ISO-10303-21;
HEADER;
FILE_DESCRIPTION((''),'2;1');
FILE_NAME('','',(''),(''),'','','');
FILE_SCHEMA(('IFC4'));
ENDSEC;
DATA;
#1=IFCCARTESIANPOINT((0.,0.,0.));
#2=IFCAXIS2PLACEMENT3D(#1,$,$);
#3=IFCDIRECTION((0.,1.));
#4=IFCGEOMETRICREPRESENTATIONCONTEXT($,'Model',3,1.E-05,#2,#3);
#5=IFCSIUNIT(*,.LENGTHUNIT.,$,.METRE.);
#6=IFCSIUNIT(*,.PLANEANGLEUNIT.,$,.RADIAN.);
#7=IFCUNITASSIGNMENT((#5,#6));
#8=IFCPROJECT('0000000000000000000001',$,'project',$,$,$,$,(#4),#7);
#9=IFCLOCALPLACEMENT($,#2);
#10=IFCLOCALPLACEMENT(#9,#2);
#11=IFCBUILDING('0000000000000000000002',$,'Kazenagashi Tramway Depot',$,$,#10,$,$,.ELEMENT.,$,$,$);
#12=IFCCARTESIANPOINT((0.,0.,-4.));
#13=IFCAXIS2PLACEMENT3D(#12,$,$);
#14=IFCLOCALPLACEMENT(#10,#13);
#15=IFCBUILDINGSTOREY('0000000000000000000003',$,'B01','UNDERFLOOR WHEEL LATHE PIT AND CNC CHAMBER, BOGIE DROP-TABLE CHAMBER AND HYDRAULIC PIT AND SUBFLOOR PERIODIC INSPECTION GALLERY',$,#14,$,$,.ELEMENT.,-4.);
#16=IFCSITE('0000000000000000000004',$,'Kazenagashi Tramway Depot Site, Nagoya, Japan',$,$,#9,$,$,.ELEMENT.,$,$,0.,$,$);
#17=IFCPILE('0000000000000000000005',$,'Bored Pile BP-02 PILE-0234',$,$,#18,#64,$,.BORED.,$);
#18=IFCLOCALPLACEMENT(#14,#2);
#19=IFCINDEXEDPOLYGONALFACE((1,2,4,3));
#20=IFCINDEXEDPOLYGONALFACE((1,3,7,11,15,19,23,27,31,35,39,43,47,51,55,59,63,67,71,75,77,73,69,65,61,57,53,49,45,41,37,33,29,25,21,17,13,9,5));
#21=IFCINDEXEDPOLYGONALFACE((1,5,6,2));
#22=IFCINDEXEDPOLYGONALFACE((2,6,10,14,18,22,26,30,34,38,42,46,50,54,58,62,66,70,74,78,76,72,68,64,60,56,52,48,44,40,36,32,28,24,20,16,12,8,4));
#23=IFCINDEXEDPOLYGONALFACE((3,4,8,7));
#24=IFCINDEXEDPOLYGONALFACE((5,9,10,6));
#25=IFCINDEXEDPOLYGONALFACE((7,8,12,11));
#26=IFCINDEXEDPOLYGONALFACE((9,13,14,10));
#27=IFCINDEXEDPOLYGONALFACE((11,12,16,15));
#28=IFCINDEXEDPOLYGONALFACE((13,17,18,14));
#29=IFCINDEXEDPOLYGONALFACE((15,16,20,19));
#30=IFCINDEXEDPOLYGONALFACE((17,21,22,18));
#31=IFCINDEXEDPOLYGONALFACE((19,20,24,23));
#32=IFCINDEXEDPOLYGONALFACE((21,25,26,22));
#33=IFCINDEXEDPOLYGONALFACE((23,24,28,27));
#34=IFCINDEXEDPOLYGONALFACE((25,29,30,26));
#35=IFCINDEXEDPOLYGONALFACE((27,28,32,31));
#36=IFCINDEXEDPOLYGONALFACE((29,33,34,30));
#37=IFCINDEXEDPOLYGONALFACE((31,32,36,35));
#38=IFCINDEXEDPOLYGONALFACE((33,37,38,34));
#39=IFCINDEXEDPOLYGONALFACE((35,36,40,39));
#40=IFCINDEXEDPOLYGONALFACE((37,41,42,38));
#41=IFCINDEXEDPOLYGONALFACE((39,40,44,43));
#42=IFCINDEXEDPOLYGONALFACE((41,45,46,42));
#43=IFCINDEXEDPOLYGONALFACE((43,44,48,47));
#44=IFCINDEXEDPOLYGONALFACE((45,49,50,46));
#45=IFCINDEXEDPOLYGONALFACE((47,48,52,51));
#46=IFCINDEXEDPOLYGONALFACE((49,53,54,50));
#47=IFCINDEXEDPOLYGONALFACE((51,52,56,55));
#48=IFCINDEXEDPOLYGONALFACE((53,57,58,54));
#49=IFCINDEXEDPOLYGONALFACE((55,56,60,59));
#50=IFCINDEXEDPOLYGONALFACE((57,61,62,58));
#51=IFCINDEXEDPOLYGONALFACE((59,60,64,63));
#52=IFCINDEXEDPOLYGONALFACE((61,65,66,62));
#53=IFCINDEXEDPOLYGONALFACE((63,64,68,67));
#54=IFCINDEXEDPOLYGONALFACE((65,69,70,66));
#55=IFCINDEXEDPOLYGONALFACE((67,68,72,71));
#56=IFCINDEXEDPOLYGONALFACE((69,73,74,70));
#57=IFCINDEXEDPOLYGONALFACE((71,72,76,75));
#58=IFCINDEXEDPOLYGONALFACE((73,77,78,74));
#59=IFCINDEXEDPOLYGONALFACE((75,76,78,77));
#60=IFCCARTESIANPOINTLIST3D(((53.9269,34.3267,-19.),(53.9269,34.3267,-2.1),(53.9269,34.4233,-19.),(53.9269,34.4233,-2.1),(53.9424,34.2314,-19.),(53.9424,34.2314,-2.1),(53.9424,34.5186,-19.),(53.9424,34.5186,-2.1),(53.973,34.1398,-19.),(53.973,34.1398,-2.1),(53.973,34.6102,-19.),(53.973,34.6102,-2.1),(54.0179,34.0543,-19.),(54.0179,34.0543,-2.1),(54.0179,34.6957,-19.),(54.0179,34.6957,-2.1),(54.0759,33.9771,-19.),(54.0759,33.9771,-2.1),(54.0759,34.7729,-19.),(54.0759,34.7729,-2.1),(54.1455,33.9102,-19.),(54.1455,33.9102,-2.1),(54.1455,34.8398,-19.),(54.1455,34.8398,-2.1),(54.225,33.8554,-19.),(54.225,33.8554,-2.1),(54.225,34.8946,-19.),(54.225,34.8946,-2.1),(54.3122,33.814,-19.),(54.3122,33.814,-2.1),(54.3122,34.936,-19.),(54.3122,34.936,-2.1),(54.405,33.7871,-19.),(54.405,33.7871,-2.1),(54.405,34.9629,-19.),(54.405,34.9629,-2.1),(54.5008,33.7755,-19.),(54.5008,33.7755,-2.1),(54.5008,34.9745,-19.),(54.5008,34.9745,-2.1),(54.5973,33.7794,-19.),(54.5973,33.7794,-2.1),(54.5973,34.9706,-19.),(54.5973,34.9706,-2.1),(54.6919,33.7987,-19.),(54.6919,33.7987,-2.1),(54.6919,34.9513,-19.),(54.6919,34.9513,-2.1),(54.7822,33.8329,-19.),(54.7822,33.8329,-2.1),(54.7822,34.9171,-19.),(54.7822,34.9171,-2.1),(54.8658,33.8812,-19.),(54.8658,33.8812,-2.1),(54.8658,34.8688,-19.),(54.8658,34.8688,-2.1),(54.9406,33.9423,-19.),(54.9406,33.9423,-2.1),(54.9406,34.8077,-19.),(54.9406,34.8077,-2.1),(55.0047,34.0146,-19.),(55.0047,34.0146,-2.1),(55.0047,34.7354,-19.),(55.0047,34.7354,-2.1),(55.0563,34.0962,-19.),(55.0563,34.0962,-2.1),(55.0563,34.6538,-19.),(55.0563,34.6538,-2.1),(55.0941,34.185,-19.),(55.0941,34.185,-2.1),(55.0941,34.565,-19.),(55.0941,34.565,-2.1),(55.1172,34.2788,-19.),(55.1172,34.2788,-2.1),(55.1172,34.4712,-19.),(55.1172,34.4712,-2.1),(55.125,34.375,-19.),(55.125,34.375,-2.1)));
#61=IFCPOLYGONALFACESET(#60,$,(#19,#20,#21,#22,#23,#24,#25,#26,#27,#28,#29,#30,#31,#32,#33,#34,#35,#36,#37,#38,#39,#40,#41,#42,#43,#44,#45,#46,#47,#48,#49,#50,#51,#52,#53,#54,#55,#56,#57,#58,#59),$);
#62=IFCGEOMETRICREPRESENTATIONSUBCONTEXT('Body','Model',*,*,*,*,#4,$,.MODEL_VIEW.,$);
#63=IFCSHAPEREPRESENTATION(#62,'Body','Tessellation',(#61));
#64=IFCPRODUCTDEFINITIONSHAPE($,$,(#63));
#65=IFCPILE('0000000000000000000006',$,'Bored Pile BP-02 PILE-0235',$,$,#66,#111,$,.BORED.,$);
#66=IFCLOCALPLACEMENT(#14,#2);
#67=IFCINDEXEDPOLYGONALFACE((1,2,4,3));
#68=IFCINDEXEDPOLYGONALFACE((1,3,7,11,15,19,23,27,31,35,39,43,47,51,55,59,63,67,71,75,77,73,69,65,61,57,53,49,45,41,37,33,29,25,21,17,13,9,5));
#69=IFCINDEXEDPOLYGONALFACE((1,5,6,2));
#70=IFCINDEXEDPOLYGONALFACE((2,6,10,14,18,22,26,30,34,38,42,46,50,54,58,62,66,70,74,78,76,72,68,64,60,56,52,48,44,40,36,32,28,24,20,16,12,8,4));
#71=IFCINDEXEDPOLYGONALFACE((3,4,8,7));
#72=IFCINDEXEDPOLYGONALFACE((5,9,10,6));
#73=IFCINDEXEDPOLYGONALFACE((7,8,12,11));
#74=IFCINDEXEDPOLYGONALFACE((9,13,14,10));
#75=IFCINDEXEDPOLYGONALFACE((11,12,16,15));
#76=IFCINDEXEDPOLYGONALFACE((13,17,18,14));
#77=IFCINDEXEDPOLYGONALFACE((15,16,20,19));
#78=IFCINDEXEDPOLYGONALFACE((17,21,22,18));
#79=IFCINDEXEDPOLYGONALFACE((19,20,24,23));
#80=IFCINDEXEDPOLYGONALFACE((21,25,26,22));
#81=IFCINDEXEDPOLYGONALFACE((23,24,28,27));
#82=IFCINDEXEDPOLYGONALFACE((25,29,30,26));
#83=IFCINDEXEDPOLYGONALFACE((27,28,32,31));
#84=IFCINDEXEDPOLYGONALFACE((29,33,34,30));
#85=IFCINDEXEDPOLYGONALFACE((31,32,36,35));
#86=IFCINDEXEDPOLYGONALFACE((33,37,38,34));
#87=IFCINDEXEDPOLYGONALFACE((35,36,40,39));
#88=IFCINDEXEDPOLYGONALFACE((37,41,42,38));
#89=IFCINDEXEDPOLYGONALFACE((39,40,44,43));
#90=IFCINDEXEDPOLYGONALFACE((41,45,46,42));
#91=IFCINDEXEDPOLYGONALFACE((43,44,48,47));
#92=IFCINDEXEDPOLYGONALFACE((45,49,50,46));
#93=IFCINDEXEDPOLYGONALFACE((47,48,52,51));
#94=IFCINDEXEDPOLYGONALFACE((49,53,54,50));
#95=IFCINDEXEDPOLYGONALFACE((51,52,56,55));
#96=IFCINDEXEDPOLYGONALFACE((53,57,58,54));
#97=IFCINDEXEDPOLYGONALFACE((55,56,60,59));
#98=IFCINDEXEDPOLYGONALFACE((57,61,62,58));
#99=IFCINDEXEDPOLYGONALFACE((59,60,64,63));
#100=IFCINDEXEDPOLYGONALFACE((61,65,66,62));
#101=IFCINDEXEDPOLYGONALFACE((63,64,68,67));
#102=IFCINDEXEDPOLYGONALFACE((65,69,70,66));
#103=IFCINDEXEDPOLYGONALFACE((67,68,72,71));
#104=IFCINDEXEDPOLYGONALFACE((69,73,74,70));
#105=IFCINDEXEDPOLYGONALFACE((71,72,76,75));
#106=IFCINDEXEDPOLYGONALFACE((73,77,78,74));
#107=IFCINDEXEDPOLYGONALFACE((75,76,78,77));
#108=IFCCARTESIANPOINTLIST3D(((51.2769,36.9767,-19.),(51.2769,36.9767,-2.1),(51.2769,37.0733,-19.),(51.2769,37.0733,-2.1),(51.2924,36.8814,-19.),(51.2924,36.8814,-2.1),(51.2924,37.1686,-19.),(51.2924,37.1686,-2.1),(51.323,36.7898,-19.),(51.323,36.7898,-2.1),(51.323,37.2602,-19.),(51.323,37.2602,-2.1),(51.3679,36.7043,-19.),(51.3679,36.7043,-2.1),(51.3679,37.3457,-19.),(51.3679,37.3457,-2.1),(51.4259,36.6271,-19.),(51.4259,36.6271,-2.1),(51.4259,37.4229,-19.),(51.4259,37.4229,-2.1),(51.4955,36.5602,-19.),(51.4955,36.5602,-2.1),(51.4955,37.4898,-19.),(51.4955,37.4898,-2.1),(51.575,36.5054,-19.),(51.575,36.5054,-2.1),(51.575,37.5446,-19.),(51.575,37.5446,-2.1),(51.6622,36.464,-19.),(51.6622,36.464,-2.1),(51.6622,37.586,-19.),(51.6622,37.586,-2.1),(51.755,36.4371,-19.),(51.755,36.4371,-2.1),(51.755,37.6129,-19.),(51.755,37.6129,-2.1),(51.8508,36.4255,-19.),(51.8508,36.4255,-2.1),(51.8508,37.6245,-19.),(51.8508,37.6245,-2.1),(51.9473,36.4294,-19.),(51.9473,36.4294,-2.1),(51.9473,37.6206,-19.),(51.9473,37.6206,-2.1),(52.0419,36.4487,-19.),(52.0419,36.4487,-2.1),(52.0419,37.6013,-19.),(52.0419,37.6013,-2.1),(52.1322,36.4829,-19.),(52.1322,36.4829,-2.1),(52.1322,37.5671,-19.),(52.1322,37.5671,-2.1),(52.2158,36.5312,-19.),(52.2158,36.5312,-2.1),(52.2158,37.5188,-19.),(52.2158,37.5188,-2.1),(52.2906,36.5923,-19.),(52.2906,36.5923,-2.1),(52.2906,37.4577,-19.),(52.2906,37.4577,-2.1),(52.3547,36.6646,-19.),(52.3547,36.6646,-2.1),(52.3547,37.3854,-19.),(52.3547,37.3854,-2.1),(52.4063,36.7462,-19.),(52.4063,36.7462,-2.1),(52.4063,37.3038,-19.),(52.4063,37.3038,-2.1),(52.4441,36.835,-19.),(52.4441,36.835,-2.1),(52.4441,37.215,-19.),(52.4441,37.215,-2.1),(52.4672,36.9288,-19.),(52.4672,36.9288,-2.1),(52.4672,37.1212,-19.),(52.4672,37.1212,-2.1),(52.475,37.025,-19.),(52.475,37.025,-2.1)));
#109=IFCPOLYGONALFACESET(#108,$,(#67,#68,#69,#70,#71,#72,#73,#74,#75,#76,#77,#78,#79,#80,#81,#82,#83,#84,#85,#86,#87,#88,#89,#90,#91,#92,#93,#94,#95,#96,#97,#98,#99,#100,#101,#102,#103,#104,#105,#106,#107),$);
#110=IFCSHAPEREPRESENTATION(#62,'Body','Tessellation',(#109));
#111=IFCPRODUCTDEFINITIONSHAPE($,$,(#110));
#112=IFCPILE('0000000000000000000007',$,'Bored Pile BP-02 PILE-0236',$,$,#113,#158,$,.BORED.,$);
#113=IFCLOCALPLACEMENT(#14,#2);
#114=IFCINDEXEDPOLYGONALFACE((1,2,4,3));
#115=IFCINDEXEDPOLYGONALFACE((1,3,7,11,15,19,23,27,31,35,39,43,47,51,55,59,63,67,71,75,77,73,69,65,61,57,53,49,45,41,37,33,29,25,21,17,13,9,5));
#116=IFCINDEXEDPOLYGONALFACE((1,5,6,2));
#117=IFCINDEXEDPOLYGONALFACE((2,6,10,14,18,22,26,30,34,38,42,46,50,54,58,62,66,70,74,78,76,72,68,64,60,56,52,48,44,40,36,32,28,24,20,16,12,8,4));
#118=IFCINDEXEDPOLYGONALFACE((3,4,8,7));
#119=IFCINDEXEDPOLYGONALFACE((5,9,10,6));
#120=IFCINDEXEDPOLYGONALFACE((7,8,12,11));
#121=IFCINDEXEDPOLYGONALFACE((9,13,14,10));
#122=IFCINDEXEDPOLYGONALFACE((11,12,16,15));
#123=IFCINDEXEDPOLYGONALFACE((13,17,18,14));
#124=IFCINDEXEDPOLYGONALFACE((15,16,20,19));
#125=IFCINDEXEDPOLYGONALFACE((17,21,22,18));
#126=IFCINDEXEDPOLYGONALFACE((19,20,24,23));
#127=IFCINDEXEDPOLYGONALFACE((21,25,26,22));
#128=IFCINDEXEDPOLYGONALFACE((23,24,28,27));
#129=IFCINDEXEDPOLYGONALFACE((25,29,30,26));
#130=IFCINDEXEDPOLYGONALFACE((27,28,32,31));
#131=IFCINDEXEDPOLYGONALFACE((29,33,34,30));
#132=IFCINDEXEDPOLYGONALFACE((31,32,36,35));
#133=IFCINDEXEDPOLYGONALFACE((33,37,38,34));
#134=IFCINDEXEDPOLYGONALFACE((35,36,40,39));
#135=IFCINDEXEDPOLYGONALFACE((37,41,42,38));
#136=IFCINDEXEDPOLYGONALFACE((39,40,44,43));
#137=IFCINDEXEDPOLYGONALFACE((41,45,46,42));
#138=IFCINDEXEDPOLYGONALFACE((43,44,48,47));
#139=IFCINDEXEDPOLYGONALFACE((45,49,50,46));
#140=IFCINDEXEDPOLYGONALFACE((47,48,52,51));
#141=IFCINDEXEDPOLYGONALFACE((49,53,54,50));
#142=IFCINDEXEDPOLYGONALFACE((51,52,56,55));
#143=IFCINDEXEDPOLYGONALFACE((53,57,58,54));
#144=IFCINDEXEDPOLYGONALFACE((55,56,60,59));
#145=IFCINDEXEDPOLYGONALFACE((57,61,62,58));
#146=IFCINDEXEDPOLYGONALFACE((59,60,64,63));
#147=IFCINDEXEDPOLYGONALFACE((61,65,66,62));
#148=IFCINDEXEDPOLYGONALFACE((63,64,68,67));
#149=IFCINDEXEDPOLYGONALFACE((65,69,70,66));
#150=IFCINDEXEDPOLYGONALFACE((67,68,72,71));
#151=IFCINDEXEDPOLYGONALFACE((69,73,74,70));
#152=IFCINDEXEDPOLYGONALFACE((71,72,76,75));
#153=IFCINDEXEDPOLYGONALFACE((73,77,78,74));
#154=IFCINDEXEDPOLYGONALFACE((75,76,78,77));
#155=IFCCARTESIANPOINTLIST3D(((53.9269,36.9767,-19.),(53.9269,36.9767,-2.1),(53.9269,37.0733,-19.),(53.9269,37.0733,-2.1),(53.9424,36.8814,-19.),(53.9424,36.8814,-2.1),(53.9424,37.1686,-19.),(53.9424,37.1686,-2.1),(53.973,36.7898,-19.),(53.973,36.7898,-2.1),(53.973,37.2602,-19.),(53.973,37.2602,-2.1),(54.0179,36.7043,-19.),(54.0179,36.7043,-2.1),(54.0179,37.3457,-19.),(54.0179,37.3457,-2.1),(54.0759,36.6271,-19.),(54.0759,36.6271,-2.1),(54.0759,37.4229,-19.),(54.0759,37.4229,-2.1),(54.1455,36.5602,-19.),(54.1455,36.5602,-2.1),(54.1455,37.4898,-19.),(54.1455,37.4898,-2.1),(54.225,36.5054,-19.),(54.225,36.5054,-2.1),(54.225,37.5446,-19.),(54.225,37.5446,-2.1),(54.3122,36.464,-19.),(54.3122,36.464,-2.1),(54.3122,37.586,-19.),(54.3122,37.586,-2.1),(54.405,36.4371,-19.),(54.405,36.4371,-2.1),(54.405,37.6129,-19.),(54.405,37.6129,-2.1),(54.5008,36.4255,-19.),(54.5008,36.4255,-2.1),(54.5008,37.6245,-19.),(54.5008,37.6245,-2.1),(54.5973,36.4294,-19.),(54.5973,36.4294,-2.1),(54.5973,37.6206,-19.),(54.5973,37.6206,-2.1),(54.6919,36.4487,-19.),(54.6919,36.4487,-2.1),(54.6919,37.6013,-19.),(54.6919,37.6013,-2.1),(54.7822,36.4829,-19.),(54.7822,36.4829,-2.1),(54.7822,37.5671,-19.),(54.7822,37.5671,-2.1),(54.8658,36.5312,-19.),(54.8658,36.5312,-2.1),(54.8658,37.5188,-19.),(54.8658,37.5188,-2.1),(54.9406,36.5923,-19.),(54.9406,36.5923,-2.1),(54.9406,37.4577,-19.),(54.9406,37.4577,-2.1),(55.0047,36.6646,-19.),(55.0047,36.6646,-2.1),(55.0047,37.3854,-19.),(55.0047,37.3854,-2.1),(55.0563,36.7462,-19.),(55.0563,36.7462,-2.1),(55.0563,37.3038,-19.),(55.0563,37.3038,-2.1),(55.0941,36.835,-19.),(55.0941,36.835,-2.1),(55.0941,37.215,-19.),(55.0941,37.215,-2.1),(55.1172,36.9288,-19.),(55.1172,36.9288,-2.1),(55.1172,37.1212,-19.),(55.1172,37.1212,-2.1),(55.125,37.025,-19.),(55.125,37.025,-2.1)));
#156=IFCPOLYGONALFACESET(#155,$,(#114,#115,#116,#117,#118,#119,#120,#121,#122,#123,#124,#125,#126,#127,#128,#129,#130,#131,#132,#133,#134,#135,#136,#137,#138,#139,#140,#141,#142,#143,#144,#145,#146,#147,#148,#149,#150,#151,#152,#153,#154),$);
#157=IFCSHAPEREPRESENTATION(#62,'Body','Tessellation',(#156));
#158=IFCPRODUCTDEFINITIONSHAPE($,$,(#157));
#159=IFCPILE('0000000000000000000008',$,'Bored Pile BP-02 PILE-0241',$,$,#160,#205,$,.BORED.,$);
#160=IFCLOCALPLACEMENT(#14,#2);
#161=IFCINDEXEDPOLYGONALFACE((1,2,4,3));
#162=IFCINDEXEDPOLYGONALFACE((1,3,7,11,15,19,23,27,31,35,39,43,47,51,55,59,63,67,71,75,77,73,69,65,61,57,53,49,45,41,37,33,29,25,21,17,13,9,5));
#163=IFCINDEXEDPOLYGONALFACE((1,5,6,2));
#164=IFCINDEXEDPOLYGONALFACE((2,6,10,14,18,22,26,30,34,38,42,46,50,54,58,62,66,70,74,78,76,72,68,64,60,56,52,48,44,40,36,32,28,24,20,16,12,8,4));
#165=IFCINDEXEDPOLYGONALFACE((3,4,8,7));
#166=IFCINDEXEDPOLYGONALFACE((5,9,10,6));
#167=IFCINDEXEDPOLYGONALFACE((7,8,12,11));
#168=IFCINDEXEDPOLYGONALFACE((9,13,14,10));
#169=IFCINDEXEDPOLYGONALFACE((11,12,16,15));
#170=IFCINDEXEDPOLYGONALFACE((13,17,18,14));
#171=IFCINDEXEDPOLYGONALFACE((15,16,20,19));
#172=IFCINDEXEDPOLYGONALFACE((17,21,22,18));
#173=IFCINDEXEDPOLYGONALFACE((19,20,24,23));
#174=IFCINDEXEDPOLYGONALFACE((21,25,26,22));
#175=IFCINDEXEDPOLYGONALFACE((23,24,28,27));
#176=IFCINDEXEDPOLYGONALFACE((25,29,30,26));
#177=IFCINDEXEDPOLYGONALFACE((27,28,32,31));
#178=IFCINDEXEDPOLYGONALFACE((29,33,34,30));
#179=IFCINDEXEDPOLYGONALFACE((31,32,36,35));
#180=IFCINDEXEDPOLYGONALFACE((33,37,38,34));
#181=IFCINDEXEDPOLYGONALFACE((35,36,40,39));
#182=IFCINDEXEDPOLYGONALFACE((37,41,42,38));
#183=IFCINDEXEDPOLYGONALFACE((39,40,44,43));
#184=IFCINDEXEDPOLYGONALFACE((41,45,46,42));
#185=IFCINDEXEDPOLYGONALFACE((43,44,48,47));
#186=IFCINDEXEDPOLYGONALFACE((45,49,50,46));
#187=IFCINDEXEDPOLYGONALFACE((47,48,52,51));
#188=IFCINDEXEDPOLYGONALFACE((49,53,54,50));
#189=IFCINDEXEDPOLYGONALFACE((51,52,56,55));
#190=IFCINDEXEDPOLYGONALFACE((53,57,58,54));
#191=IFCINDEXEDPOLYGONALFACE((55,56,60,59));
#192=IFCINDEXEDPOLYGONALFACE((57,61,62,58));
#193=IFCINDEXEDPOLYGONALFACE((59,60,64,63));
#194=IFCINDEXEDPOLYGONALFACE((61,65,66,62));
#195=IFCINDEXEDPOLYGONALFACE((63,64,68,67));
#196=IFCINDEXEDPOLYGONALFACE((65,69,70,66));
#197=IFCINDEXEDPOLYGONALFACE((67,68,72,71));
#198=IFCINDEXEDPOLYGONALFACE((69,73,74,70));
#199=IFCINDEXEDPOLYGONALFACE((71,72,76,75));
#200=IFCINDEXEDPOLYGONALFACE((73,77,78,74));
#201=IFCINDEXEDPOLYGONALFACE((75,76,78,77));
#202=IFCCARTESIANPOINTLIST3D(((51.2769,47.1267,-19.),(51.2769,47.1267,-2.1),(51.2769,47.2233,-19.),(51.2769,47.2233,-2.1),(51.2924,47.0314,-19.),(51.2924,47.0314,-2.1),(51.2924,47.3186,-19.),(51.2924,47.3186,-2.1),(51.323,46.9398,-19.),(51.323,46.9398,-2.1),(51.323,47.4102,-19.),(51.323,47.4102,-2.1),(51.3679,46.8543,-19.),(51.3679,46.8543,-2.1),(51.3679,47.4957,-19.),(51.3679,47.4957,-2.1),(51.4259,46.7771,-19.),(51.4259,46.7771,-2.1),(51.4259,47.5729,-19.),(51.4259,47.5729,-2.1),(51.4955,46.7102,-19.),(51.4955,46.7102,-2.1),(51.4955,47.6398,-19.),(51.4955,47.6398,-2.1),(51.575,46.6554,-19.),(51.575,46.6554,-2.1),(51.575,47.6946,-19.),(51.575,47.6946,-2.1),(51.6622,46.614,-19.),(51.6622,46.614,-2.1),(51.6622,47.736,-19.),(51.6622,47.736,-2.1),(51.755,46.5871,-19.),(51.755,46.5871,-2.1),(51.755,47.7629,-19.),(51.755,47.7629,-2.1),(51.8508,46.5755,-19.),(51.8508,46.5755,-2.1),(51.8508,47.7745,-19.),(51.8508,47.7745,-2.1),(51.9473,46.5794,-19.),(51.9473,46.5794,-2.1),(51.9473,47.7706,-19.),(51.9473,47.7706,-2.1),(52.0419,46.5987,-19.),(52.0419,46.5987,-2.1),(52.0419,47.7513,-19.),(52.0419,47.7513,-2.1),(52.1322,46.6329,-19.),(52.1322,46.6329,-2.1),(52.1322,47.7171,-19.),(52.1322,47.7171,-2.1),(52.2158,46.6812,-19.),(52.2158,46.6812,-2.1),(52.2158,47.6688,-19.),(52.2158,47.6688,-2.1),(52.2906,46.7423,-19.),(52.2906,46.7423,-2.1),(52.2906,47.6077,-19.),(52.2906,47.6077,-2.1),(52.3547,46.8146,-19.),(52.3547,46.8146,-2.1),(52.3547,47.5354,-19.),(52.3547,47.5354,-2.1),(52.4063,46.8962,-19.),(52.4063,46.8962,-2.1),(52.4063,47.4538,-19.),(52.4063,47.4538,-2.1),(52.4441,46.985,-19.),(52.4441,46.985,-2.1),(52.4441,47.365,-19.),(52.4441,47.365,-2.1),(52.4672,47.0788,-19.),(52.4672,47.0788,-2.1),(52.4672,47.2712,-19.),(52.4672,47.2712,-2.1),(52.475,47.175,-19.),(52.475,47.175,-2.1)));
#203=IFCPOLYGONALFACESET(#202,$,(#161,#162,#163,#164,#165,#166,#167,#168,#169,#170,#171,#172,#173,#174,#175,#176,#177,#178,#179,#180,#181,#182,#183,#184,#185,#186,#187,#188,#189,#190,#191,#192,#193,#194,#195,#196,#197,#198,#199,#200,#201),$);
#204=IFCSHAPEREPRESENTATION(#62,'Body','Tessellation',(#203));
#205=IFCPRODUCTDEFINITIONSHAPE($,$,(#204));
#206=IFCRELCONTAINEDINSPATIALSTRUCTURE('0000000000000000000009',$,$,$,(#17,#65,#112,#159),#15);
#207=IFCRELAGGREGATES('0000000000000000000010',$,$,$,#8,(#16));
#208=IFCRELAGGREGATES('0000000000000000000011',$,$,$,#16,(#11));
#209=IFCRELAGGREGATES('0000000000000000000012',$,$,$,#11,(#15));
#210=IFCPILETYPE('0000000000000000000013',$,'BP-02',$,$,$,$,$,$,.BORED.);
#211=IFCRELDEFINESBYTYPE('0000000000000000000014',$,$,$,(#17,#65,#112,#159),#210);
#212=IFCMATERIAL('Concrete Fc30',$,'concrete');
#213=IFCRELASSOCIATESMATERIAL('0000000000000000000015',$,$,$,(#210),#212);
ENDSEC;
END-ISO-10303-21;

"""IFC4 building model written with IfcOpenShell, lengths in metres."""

from ifc_helpers import new_model, si_unit, direction, frame, origin, origin_2d, place, context, subcontext, project, spatial, circle, extrude, material, material_profile, profile_set, type_object, element, save


model = new_model("IFC4")

# Units and contexts
model_context = context("Model", 3, precision=1e-05, world=origin(), true_north=direction((0.0, 1.0)))
body_context = subcontext(model_context, "Body", "Model", "MODEL_VIEW")
ifc_project = project(units=[si_unit("LENGTHUNIT", "METRE"), si_unit("PLANEANGLEUNIT", "RADIAN")], contexts=[model_context])

# Site, building, storey
site_placement = place(None, origin())
site = spatial("IfcSite", under=ifc_project, at=site_placement, Name="Kazenagashi Tramway Depot Site, Nagoya, Japan", CompositionType="ELEMENT", RefElevation=0.0)
building_placement = place(site_placement, origin())
building = spatial("IfcBuilding", under=site, at=building_placement, Name="Kazenagashi Tramway Depot", CompositionType="ELEMENT")
storey_placement = place(building_placement, frame((0.0, 0.0, -4.0)))
storey = spatial("IfcBuildingStorey", under=building, at=storey_placement, Name="B01", Description="UNDERFLOOR WHEEL LATHE PIT AND CNC CHAMBER, BOGIE DROP-TABLE CHAMBER AND HYDRAULIC PIT AND SUBFLOOR PERIODIC INSPECTION GALLERY", CompositionType="ELEMENT", Elevation=-4.0)

# Piles
ifc_material_1 = material(Name="Concrete Fc30", Category="concrete")
ifc_material_profile_1 = material_profile(ifc_material_1, circle(Radius=0.6, at=origin_2d()), Name="PILE-1200")
ifc_profile_set_1 = profile_set([ifc_material_profile_1], Name="Concrete Fc30")
pile_type_1 = type_object("IfcPileType", Name="BP-02", PredefinedType="BORED", material=ifc_profile_set_1)
for number, where, z_axis, x_axis, name in (
    (1, (54.525, 34.375, -2.1), (0.0, 0.0, -1.0), (1.0, 0.0, 0.0), "Bored Pile BP-02 PILE-0234"),
    (2, (51.875, 37.025, -2.1), (0.0, 0.0, -1.0), (1.0, 0.0, 0.0), "Bored Pile BP-02 PILE-0235"),
    (3, (54.525, 37.025, -2.1), (0.0, 0.0, -1.0), (1.0, 0.0, 0.0), "Bored Pile BP-02 PILE-0236"),
    (4, (51.875, 47.175, -2.1), (0.0, 0.0, -1.0), (1.0, 0.0, 0.0), "Bored Pile BP-02 PILE-0241"),
):
    element("IfcPile", number, at=place(storey_placement, frame(where, z_axis=z_axis, x_axis=x_axis)), inside=storey, type_object=pile_type_1, Name=name, PredefinedType="BORED", context=body_context, shape_type="SweptSolid", body=[
        extrude(circle(Radius=0.6, at=origin_2d()), origin(), (0.0, 0.0, 1.0), 16.9),
    ])

save(model, "model.ifc")
